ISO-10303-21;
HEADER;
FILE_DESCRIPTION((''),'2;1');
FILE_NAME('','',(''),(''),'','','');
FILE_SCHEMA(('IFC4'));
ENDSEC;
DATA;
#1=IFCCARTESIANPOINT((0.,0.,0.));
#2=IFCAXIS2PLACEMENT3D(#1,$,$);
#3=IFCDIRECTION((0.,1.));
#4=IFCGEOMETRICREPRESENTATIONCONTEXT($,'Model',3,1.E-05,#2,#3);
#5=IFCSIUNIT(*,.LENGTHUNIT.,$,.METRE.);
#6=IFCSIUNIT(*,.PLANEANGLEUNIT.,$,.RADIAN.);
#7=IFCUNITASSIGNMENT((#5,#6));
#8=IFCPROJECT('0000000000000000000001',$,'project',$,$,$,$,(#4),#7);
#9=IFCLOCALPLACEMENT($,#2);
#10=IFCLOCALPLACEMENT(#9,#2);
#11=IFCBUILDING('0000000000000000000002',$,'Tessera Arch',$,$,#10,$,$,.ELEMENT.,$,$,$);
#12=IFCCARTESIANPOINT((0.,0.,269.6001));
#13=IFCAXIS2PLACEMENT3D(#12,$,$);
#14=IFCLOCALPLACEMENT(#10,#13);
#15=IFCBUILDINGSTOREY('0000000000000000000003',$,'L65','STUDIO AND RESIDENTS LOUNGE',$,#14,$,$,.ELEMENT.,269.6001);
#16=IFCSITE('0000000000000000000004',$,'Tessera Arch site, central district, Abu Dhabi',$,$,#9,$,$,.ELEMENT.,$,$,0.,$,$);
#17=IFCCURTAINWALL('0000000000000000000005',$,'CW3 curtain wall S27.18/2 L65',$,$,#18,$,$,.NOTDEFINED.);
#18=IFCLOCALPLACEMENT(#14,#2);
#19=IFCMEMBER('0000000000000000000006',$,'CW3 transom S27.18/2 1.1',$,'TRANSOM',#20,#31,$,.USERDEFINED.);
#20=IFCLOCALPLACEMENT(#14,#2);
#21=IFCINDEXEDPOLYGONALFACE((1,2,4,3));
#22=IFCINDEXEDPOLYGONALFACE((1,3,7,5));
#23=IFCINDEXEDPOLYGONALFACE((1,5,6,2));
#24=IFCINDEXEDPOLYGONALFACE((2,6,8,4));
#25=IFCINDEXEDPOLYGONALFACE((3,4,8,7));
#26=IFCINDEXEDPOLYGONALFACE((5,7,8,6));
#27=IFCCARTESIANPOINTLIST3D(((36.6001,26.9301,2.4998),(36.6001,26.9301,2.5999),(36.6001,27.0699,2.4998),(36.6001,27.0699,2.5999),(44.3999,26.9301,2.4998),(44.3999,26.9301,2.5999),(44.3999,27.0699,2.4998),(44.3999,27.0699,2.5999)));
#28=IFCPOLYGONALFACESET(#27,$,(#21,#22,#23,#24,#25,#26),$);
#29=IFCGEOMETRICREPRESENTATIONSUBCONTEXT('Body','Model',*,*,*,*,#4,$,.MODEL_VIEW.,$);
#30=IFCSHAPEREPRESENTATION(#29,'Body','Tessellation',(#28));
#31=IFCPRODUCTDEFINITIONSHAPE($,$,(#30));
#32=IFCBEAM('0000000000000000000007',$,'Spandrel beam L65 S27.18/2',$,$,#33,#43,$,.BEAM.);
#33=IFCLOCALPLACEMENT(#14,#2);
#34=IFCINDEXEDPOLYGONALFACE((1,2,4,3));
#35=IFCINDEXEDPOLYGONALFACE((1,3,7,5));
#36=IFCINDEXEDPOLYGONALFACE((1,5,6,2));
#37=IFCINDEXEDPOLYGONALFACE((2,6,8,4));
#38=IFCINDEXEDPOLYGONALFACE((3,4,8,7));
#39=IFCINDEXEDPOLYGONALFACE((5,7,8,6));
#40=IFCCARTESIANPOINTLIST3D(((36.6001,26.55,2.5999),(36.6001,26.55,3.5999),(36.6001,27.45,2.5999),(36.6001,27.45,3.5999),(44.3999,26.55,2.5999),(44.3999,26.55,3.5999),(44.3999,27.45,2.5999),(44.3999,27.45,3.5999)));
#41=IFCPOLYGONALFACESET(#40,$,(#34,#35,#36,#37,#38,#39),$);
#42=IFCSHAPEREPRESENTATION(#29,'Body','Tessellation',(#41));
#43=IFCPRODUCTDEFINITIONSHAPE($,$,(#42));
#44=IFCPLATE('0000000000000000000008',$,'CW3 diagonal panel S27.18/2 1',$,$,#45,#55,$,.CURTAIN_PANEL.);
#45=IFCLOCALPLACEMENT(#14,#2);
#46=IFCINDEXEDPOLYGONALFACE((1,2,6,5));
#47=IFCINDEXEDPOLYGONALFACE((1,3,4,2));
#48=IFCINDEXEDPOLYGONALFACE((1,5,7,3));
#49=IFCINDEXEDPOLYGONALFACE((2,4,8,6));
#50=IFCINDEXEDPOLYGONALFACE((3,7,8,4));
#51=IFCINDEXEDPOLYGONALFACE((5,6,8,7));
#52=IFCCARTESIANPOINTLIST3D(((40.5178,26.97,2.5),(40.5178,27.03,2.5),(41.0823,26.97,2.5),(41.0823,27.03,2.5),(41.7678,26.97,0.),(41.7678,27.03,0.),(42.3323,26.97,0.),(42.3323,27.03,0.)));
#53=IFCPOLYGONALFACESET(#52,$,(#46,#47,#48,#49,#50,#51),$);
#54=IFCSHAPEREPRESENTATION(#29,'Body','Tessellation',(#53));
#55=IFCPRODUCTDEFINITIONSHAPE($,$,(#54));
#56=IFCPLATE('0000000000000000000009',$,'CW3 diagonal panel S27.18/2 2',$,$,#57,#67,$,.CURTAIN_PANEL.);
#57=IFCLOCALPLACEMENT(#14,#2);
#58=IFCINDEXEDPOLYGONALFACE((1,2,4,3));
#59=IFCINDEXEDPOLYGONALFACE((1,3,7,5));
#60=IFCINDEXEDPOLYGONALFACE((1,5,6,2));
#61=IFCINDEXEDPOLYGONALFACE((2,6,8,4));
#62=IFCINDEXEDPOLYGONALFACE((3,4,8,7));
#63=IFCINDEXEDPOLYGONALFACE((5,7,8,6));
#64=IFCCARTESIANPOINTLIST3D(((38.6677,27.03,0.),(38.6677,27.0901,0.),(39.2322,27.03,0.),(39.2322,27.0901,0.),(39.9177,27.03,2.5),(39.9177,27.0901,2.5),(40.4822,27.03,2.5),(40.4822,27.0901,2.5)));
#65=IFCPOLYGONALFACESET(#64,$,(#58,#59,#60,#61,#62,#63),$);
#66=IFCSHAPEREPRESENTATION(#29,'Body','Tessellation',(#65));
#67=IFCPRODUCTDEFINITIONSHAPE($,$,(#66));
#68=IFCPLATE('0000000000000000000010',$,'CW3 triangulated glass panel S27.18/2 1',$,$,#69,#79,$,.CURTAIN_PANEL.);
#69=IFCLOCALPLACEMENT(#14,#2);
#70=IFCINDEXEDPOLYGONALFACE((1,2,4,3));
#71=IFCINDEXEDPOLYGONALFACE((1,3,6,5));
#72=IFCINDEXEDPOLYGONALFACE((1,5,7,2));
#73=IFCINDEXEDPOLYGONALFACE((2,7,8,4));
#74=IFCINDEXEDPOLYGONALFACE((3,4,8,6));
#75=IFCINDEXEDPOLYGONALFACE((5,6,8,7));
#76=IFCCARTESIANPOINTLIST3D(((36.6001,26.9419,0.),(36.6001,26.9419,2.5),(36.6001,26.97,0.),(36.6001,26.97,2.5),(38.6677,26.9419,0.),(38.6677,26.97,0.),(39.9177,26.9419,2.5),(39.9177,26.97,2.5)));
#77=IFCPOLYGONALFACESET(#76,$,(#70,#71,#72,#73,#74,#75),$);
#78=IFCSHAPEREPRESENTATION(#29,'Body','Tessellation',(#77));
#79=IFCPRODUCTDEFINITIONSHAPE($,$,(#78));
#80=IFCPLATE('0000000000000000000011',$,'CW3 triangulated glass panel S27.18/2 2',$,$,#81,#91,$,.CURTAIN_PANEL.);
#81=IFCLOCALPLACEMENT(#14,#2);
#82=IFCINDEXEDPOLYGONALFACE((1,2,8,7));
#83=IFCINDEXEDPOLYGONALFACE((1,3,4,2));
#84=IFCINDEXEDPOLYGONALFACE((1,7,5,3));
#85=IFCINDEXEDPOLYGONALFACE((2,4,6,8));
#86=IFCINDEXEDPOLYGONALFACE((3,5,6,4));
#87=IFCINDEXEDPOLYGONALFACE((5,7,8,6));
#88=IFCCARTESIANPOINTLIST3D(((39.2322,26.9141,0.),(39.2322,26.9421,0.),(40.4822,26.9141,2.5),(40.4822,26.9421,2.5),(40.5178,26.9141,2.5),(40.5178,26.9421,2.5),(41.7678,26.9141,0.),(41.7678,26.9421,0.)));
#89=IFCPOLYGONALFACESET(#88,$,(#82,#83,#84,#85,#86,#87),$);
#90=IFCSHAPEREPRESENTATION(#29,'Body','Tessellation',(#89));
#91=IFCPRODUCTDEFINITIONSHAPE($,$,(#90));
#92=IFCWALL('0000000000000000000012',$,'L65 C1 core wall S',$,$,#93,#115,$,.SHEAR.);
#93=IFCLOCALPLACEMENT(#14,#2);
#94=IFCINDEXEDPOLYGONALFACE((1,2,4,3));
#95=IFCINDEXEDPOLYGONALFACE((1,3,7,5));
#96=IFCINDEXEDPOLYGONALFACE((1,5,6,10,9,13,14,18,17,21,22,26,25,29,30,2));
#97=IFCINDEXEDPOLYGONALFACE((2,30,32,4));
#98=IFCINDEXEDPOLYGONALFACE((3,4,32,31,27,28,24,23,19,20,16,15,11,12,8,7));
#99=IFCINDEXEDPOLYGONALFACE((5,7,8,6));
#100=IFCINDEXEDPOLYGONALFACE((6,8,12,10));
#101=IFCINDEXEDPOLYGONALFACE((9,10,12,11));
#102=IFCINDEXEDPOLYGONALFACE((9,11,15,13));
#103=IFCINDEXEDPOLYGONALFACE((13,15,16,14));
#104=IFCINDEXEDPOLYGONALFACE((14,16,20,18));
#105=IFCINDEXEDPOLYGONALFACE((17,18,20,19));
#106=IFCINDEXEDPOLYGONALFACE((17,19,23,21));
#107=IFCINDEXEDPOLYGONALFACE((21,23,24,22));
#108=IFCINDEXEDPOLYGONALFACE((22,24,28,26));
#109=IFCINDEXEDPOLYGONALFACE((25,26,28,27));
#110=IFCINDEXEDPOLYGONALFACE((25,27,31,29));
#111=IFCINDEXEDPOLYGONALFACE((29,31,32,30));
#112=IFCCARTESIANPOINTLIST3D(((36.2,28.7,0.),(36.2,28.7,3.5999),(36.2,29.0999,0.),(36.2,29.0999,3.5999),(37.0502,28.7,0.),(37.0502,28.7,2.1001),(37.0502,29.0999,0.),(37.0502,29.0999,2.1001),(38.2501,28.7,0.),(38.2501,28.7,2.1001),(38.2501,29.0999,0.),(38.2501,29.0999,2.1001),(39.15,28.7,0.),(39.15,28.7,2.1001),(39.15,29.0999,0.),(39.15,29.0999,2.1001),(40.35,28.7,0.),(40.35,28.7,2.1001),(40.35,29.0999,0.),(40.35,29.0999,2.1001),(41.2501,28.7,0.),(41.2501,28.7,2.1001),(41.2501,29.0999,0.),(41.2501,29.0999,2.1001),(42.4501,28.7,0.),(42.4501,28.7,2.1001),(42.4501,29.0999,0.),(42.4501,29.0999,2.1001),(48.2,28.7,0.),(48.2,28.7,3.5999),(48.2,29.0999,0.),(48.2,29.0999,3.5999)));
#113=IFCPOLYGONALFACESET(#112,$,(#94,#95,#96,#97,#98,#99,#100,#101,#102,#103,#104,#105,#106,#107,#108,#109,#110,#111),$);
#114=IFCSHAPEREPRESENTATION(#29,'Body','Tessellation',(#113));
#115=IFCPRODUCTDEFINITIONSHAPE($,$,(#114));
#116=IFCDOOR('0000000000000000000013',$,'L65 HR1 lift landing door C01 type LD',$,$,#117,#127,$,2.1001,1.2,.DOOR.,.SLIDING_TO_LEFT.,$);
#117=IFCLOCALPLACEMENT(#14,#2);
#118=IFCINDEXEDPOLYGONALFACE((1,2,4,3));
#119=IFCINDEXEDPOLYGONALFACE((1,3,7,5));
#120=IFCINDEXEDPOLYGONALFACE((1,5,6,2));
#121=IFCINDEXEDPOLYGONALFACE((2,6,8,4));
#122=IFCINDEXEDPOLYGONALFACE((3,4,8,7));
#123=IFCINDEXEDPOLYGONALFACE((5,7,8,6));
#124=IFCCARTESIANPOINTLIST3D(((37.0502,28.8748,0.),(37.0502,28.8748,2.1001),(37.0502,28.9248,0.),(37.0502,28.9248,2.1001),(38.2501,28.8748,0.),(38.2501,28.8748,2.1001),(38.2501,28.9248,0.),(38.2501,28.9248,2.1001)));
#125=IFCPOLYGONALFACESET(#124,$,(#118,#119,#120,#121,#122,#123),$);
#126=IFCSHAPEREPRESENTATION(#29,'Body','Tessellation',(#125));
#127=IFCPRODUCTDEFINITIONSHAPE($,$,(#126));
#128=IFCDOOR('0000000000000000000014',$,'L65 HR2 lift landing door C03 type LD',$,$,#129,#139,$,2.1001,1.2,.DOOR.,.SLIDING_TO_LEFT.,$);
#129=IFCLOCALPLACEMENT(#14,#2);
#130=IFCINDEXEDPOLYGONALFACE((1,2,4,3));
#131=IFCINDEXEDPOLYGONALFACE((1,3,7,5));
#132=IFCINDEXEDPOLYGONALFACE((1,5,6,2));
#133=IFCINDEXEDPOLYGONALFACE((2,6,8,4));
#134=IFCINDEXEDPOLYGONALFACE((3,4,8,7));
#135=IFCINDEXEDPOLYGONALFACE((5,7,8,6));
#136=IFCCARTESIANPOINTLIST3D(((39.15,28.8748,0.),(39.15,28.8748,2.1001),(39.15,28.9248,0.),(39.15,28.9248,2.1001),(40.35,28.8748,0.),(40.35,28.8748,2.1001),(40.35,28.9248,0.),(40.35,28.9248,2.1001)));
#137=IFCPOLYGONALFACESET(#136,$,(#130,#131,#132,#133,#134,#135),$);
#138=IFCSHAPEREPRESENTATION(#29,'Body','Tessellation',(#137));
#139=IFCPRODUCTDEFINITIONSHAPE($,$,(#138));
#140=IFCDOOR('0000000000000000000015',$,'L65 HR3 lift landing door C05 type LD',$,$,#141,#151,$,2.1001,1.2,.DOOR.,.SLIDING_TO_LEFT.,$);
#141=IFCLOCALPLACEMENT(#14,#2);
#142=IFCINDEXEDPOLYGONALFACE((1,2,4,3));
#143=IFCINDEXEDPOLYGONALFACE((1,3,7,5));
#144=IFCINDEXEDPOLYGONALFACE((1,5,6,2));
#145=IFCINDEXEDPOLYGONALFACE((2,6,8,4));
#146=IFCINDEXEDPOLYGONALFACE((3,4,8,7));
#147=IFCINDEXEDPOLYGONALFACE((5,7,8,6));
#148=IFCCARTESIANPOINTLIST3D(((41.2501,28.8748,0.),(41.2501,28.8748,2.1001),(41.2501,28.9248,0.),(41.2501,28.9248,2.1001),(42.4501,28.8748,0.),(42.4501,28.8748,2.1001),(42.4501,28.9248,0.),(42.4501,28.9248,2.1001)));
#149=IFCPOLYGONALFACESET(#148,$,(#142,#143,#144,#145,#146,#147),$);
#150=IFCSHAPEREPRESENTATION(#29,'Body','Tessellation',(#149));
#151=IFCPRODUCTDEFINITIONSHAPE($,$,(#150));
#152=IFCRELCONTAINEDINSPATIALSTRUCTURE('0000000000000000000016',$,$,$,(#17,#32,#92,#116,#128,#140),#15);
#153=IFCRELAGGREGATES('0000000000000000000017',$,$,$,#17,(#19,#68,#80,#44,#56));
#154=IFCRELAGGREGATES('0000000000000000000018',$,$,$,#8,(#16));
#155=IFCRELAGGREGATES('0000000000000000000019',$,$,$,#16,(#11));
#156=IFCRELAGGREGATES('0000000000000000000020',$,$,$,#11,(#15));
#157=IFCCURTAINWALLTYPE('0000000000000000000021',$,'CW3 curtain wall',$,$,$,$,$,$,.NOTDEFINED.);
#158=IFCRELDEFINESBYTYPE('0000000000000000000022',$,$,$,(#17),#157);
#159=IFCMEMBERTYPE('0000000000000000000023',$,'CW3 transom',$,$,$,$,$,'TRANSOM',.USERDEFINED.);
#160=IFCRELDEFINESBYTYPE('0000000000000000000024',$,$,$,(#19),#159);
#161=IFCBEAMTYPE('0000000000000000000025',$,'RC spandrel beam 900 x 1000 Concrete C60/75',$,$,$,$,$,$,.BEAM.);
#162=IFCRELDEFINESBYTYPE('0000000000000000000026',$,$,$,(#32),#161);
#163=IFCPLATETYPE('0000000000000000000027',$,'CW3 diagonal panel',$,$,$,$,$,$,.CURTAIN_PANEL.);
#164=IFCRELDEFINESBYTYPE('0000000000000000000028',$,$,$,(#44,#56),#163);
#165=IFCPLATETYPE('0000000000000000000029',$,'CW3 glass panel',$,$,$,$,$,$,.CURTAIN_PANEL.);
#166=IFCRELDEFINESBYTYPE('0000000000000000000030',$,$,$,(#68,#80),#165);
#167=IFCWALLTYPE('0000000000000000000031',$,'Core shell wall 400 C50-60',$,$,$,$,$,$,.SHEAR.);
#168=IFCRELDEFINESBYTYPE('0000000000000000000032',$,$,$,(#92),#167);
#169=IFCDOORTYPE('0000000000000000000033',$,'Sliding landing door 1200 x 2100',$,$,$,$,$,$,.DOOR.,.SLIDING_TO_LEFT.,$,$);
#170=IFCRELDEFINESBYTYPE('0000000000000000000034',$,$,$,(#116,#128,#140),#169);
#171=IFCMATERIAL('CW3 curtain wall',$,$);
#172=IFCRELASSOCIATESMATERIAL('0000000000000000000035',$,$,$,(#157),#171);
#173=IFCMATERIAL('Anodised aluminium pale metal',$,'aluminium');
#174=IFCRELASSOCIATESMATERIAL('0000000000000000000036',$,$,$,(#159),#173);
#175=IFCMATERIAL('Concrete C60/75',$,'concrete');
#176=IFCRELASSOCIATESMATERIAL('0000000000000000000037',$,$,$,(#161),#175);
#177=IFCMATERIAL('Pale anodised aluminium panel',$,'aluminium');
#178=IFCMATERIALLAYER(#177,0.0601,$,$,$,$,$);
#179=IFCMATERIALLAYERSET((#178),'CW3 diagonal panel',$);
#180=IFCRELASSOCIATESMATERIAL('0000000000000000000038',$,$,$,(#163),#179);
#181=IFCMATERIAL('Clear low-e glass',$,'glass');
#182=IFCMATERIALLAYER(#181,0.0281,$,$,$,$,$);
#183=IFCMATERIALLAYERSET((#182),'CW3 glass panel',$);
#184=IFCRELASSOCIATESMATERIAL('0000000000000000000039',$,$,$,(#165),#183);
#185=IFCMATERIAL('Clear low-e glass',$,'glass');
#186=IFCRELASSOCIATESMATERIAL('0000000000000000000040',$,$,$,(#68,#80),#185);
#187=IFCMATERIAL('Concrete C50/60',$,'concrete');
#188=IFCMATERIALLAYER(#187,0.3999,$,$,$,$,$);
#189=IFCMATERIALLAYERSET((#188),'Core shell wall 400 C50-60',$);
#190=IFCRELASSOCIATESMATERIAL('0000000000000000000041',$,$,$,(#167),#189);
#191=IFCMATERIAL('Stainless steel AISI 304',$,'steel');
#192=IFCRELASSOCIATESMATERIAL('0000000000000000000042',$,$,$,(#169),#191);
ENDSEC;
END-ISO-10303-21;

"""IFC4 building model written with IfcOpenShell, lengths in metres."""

from ifc_helpers import new_model, si_unit, direction, frame, frame_2d, origin, origin_2d, place, context, subcontext, project, spatial, polyline, rectangle, outline, extrude, material, layer, layer_set, material_profile, profile_set, type_object, element, fill, aggregate, save


model = new_model("IFC4")

# Units and contexts
model_context = context("Model", 3, precision=1e-05, world=origin(), true_north=direction((0.0, 1.0)))
body_context = subcontext(model_context, "Body", "Model", "MODEL_VIEW")
ifc_project = project(units=[si_unit("LENGTHUNIT", "METRE"), si_unit("PLANEANGLEUNIT", "RADIAN")], contexts=[model_context])

# Site, building, storey
site_placement = place(None, origin())
site = spatial("IfcSite", under=ifc_project, at=site_placement, Name="Tessera Arch site, central district, Abu Dhabi", CompositionType="ELEMENT", RefElevation=0.0)
building_placement = place(site_placement, origin())
building = spatial("IfcBuilding", under=site, at=building_placement, Name="Tessera Arch", CompositionType="ELEMENT")
storey_placement = place(building_placement, frame((0.0, 0.0, 269.6001)))
storey = spatial("IfcBuildingStorey", under=building, at=storey_placement, Name="L65", Description="STUDIO AND RESIDENTS LOUNGE", CompositionType="ELEMENT", Elevation=269.6001)

# Curtain wall, member
ifc_material_1 = material(Name="CW3 curtain wall")
curtain_wall_type = type_object("IfcCurtainWallType", Name="CW3 curtain wall", PredefinedType="NOTDEFINED", material=ifc_material_1)
curtain_wall_placement = place(storey_placement, origin())
curtain_wall = element("IfcCurtainWall", 1, at=curtain_wall_placement, inside=storey, type_object=curtain_wall_type, Name="CW3 curtain wall S27.18/2 L65", PredefinedType="NOTDEFINED")
ifc_material_2 = material(Name="Anodised aluminium pale metal", Category="aluminium")
ifc_material_profile_1 = material_profile(ifc_material_2, rectangle(XDim=0.1399, YDim=0.1001, at=origin_2d()), Name="AL 140x100")
ifc_profile_set_1 = profile_set([ifc_material_profile_1], Name="Anodised aluminium pale metal")
member_type = type_object("IfcMemberType", Name="CW3 transom", ElementType="TRANSOM", PredefinedType="USERDEFINED", material=ifc_profile_set_1)
member_placement = place(storey_placement, frame((36.6001, 27.0, 2.5498), z_axis=(1.0, 0.0, 0.0), x_axis=(0.0, 1.0, 0.0)))
member = element("IfcMember", 2, at=member_placement, type_object=member_type, Name="CW3 transom S27.18/2 1.1", ObjectType="TRANSOM", PredefinedType="USERDEFINED", context=body_context, shape_type="SweptSolid", body=[
    extrude(rectangle(XDim=0.1399, YDim=0.1001, at=origin_2d()), origin(), (0.0, 0.0, 1.0), 7.7998),
])

# Beam
ifc_material_3 = material(Name="Concrete C60/75", Category="concrete")
ifc_material_profile_2 = material_profile(ifc_material_3, rectangle(XDim=0.8999, YDim=1.0, at=origin_2d()), Name="RC spandrel beam 900 x 1000 Concrete C60/75")
ifc_profile_set_2 = profile_set([ifc_material_profile_2], Name="Concrete C60/75")
beam_type = type_object("IfcBeamType", Name="RC spandrel beam 900 x 1000 Concrete C60/75", PredefinedType="BEAM", material=ifc_profile_set_2)
beam_placement = place(storey_placement, frame((36.6001, 27.0, 3.0999), z_axis=(1.0, 0.0, 0.0), x_axis=(0.0, 1.0, 0.0)))
element("IfcBeam", 3, at=beam_placement, inside=storey, type_object=beam_type, Name="Spandrel beam L65 S27.18/2", PredefinedType="BEAM", context=body_context, shape_type="SweptSolid", body=[
    extrude(rectangle(XDim=0.8999, YDim=1.0, at=origin_2d()), origin(), (0.0, 0.0, 1.0), 7.7998),
])

# Plates
ifc_material_4 = material(Name="Pale anodised aluminium panel", Category="aluminium")
ifc_layer_1 = layer(ifc_material_4, 0.0601)
ifc_layer_set_1 = layer_set([ifc_layer_1], Name="CW3 diagonal panel")
plate_type_1 = type_object("IfcPlateType", Name="CW3 diagonal panel", PredefinedType="CURTAIN_PANEL", material=ifc_layer_set_1)
plate_1_placement = place(storey_placement, frame((41.0823, 26.97, 2.5), z_axis=(0.0, -1.0, 0.0), x_axis=(-1.0, 0.0, 0.0)))
plate_1 = element("IfcPlate", 4, at=plate_1_placement, type_object=plate_type_1, Name="CW3 diagonal panel S27.18/2 1", PredefinedType="CURTAIN_PANEL", context=body_context, shape_type="SweptSolid", body=[
    extrude(outline(polyline([(0.0, 0.0), (0.5645, 0.0), (-0.6855, 2.5), (-1.25, 2.5), (0.0, 0.0)])), origin(), (0.0, 0.0, -1.0), 0.0601),
])
plate_2_placement = place(storey_placement, frame((40.4822, 27.03, 2.5), z_axis=(0.0, -1.0, 0.0), x_axis=(-1.0, 0.0, 0.0)))
plate_2 = element("IfcPlate", 5, at=plate_2_placement, type_object=plate_type_1, Name="CW3 diagonal panel S27.18/2 2", PredefinedType="CURTAIN_PANEL", context=body_context, shape_type="SweptSolid", body=[
    extrude(outline(polyline([(0.0, 0.0), (0.5645, 0.0), (1.8145, 2.5), (1.25, 2.5), (0.0, 0.0)])), origin(), (0.0, 0.0, -1.0), 0.0601),
])
ifc_material_5 = material(Name="Clear low-e glass", Category="glass")
ifc_material_6 = material(Name="Clear low-e glass", Category="glass")
ifc_layer_2 = layer(ifc_material_6, 0.0281)
ifc_layer_set_2 = layer_set([ifc_layer_2], Name="CW3 glass panel")
plate_type_2 = type_object("IfcPlateType", Name="CW3 glass panel", PredefinedType="CURTAIN_PANEL", material=ifc_layer_set_2)
plate_3_placement = place(storey_placement, frame((36.6001, 26.9419, 0.0), z_axis=(0.0, -1.0, 0.0), x_axis=(1.0, 0.0, 0.0)))
plate_3 = element("IfcPlate", 6, at=plate_3_placement, type_object=plate_type_2, material=ifc_material_5, Name="CW3 triangulated glass panel S27.18/2 1", PredefinedType="CURTAIN_PANEL", context=body_context, shape_type="SweptSolid", body=[
    extrude(outline(polyline([(0.0, 0.0), (2.0676, 0.0), (3.3176, 2.5), (0.0, 2.5), (0.0, 0.0)])), origin(), (0.0, 0.0, -1.0), 0.0281),
])
plate_4_placement = place(storey_placement, frame((40.5178, 26.9141, 2.5), z_axis=(0.0, -1.0, 0.0), x_axis=(-1.0, 0.0, 0.0)))
plate_4 = element("IfcPlate", 7, at=plate_4_placement, type_object=plate_type_2, material=ifc_material_5, Name="CW3 triangulated glass panel S27.18/2 2", PredefinedType="CURTAIN_PANEL", context=body_context, shape_type="SweptSolid", body=[
    extrude(outline(polyline([(0.0, 0.0), (0.0356, 0.0), (1.2856, 2.5), (-1.25, 2.5), (0.0, 0.0)])), origin(), (0.0, 0.0, -1.0), 0.0281),
])
aggregate(curtain_wall, [member, plate_3, plate_4, plate_1, plate_2])

# Wall, openings, doors
ifc_material_7 = material(Name="Concrete C50/60", Category="concrete")
ifc_layer_3 = layer(ifc_material_7, 0.3999)
ifc_layer_set_3 = layer_set([ifc_layer_3], Name="Core shell wall 400 C50-60")
wall_type_1 = type_object("IfcWallType", Name="Core shell wall 400 C50-60", PredefinedType="SHEAR", material=ifc_layer_set_3)
wall_1_placement = place(storey_placement, frame((36.2, 28.8999, 0.0), z_axis=(0.0, 0.0, 1.0), x_axis=(1.0, 0.0, 0.0)))
wall_1 = element("IfcWall", 8, at=wall_1_placement, inside=storey, type_object=wall_type_1, Name="L65 C1 core wall S", PredefinedType="SHEAR", context=body_context, shape_type="SweptSolid", body=[
    extrude(rectangle(XDim=12.0, YDim=0.3999, at=frame_2d((6.0, 0.0))), origin(), (0.0, 0.0, 1.0), 3.5999),
])
opening_1_placement = place(wall_1_placement, frame((0.8501, 0.0, 0.0)))
opening_1 = element("IfcOpeningElement", 9, at=opening_1_placement, cuts=wall_1, PredefinedType="OPENING", context=body_context, shape_type="SweptSolid", body=[
    extrude(rectangle(XDim=1.2, YDim=2.1001, at=frame_2d((0.6001, 1.05))), frame((0.0, 0.21, 0.0), z_axis=(0.0, -1.0, 0.0), x_axis=(1.0, 0.0, 0.0)), (0.0, 0.0, 1.0), 0.4199),
])
opening_2_placement = place(wall_1_placement, frame((2.95, 0.0, 0.0)))
opening_2 = element("IfcOpeningElement", 10, at=opening_2_placement, cuts=wall_1, PredefinedType="OPENING", context=body_context, shape_type="SweptSolid", body=[
    extrude(rectangle(XDim=1.2, YDim=2.1001, at=frame_2d((0.6001, 1.05))), frame((0.0, 0.21, 0.0), z_axis=(0.0, -1.0, 0.0), x_axis=(1.0, 0.0, 0.0)), (0.0, 0.0, 1.0), 0.4199),
])
opening_3_placement = place(wall_1_placement, frame((5.05, 0.0, 0.0)))
opening_3 = element("IfcOpeningElement", 11, at=opening_3_placement, cuts=wall_1, PredefinedType="OPENING", context=body_context, shape_type="SweptSolid", body=[
    extrude(rectangle(XDim=1.2, YDim=2.1001, at=frame_2d((0.6001, 1.05))), frame((0.0, 0.21, 0.0), z_axis=(0.0, -1.0, 0.0), x_axis=(1.0, 0.0, 0.0)), (0.0, 0.0, 1.0), 0.4199),
])
ifc_material_8 = material(Name="Stainless steel AISI 304", Category="steel")
door_type_1 = type_object("IfcDoorType", Name="Sliding landing door 1200 x 2100", OperationType="SLIDING_TO_LEFT", PredefinedType="DOOR", material=ifc_material_8)
door_1_placement = place(opening_1_placement, origin())
door_1 = element("IfcDoor", 12, at=door_1_placement, inside=storey, type_object=door_type_1, Name="L65 HR1 lift landing door C01 type LD", OperationType="SLIDING_TO_LEFT", OverallHeight=2.1001, OverallWidth=1.2, PredefinedType="DOOR", context=body_context, shape_type="SweptSolid", body=[
    extrude(rectangle(XDim=1.2, YDim=2.1001, at=frame_2d((0.6001, 1.05))), frame((0.0, 0.0249, 0.0), z_axis=(0.0, -1.0, 0.0), x_axis=(1.0, 0.0, 0.0)), (0.0, 0.0, 1.0), 0.05),
])
fill(opening_1, door_1)
door_2_placement = place(opening_2_placement, origin())
door_2 = element("IfcDoor", 13, at=door_2_placement, inside=storey, type_object=door_type_1, Name="L65 HR2 lift landing door C03 type LD", OperationType="SLIDING_TO_LEFT", OverallHeight=2.1001, OverallWidth=1.2, PredefinedType="DOOR", context=body_context, shape_type="SweptSolid", body=[
    extrude(rectangle(XDim=1.2, YDim=2.1001, at=frame_2d((0.6001, 1.05))), frame((0.0, 0.0249, 0.0), z_axis=(0.0, -1.0, 0.0), x_axis=(1.0, 0.0, 0.0)), (0.0, 0.0, 1.0), 0.05),
])
fill(opening_2, door_2)
door_3_placement = place(opening_3_placement, origin())
door_3 = element("IfcDoor", 14, at=door_3_placement, inside=storey, type_object=door_type_1, Name="L65 HR3 lift landing door C05 type LD", OperationType="SLIDING_TO_LEFT", OverallHeight=2.1001, OverallWidth=1.2, PredefinedType="DOOR", context=body_context, shape_type="SweptSolid", body=[
    extrude(rectangle(XDim=1.2, YDim=2.1001, at=frame_2d((0.6001, 1.05))), frame((0.0, 0.0249, 0.0), z_axis=(0.0, -1.0, 0.0), x_axis=(1.0, 0.0, 0.0)), (0.0, 0.0, 1.0), 0.05),
])
fill(opening_3, door_3)

save(model, "model.ifc")
